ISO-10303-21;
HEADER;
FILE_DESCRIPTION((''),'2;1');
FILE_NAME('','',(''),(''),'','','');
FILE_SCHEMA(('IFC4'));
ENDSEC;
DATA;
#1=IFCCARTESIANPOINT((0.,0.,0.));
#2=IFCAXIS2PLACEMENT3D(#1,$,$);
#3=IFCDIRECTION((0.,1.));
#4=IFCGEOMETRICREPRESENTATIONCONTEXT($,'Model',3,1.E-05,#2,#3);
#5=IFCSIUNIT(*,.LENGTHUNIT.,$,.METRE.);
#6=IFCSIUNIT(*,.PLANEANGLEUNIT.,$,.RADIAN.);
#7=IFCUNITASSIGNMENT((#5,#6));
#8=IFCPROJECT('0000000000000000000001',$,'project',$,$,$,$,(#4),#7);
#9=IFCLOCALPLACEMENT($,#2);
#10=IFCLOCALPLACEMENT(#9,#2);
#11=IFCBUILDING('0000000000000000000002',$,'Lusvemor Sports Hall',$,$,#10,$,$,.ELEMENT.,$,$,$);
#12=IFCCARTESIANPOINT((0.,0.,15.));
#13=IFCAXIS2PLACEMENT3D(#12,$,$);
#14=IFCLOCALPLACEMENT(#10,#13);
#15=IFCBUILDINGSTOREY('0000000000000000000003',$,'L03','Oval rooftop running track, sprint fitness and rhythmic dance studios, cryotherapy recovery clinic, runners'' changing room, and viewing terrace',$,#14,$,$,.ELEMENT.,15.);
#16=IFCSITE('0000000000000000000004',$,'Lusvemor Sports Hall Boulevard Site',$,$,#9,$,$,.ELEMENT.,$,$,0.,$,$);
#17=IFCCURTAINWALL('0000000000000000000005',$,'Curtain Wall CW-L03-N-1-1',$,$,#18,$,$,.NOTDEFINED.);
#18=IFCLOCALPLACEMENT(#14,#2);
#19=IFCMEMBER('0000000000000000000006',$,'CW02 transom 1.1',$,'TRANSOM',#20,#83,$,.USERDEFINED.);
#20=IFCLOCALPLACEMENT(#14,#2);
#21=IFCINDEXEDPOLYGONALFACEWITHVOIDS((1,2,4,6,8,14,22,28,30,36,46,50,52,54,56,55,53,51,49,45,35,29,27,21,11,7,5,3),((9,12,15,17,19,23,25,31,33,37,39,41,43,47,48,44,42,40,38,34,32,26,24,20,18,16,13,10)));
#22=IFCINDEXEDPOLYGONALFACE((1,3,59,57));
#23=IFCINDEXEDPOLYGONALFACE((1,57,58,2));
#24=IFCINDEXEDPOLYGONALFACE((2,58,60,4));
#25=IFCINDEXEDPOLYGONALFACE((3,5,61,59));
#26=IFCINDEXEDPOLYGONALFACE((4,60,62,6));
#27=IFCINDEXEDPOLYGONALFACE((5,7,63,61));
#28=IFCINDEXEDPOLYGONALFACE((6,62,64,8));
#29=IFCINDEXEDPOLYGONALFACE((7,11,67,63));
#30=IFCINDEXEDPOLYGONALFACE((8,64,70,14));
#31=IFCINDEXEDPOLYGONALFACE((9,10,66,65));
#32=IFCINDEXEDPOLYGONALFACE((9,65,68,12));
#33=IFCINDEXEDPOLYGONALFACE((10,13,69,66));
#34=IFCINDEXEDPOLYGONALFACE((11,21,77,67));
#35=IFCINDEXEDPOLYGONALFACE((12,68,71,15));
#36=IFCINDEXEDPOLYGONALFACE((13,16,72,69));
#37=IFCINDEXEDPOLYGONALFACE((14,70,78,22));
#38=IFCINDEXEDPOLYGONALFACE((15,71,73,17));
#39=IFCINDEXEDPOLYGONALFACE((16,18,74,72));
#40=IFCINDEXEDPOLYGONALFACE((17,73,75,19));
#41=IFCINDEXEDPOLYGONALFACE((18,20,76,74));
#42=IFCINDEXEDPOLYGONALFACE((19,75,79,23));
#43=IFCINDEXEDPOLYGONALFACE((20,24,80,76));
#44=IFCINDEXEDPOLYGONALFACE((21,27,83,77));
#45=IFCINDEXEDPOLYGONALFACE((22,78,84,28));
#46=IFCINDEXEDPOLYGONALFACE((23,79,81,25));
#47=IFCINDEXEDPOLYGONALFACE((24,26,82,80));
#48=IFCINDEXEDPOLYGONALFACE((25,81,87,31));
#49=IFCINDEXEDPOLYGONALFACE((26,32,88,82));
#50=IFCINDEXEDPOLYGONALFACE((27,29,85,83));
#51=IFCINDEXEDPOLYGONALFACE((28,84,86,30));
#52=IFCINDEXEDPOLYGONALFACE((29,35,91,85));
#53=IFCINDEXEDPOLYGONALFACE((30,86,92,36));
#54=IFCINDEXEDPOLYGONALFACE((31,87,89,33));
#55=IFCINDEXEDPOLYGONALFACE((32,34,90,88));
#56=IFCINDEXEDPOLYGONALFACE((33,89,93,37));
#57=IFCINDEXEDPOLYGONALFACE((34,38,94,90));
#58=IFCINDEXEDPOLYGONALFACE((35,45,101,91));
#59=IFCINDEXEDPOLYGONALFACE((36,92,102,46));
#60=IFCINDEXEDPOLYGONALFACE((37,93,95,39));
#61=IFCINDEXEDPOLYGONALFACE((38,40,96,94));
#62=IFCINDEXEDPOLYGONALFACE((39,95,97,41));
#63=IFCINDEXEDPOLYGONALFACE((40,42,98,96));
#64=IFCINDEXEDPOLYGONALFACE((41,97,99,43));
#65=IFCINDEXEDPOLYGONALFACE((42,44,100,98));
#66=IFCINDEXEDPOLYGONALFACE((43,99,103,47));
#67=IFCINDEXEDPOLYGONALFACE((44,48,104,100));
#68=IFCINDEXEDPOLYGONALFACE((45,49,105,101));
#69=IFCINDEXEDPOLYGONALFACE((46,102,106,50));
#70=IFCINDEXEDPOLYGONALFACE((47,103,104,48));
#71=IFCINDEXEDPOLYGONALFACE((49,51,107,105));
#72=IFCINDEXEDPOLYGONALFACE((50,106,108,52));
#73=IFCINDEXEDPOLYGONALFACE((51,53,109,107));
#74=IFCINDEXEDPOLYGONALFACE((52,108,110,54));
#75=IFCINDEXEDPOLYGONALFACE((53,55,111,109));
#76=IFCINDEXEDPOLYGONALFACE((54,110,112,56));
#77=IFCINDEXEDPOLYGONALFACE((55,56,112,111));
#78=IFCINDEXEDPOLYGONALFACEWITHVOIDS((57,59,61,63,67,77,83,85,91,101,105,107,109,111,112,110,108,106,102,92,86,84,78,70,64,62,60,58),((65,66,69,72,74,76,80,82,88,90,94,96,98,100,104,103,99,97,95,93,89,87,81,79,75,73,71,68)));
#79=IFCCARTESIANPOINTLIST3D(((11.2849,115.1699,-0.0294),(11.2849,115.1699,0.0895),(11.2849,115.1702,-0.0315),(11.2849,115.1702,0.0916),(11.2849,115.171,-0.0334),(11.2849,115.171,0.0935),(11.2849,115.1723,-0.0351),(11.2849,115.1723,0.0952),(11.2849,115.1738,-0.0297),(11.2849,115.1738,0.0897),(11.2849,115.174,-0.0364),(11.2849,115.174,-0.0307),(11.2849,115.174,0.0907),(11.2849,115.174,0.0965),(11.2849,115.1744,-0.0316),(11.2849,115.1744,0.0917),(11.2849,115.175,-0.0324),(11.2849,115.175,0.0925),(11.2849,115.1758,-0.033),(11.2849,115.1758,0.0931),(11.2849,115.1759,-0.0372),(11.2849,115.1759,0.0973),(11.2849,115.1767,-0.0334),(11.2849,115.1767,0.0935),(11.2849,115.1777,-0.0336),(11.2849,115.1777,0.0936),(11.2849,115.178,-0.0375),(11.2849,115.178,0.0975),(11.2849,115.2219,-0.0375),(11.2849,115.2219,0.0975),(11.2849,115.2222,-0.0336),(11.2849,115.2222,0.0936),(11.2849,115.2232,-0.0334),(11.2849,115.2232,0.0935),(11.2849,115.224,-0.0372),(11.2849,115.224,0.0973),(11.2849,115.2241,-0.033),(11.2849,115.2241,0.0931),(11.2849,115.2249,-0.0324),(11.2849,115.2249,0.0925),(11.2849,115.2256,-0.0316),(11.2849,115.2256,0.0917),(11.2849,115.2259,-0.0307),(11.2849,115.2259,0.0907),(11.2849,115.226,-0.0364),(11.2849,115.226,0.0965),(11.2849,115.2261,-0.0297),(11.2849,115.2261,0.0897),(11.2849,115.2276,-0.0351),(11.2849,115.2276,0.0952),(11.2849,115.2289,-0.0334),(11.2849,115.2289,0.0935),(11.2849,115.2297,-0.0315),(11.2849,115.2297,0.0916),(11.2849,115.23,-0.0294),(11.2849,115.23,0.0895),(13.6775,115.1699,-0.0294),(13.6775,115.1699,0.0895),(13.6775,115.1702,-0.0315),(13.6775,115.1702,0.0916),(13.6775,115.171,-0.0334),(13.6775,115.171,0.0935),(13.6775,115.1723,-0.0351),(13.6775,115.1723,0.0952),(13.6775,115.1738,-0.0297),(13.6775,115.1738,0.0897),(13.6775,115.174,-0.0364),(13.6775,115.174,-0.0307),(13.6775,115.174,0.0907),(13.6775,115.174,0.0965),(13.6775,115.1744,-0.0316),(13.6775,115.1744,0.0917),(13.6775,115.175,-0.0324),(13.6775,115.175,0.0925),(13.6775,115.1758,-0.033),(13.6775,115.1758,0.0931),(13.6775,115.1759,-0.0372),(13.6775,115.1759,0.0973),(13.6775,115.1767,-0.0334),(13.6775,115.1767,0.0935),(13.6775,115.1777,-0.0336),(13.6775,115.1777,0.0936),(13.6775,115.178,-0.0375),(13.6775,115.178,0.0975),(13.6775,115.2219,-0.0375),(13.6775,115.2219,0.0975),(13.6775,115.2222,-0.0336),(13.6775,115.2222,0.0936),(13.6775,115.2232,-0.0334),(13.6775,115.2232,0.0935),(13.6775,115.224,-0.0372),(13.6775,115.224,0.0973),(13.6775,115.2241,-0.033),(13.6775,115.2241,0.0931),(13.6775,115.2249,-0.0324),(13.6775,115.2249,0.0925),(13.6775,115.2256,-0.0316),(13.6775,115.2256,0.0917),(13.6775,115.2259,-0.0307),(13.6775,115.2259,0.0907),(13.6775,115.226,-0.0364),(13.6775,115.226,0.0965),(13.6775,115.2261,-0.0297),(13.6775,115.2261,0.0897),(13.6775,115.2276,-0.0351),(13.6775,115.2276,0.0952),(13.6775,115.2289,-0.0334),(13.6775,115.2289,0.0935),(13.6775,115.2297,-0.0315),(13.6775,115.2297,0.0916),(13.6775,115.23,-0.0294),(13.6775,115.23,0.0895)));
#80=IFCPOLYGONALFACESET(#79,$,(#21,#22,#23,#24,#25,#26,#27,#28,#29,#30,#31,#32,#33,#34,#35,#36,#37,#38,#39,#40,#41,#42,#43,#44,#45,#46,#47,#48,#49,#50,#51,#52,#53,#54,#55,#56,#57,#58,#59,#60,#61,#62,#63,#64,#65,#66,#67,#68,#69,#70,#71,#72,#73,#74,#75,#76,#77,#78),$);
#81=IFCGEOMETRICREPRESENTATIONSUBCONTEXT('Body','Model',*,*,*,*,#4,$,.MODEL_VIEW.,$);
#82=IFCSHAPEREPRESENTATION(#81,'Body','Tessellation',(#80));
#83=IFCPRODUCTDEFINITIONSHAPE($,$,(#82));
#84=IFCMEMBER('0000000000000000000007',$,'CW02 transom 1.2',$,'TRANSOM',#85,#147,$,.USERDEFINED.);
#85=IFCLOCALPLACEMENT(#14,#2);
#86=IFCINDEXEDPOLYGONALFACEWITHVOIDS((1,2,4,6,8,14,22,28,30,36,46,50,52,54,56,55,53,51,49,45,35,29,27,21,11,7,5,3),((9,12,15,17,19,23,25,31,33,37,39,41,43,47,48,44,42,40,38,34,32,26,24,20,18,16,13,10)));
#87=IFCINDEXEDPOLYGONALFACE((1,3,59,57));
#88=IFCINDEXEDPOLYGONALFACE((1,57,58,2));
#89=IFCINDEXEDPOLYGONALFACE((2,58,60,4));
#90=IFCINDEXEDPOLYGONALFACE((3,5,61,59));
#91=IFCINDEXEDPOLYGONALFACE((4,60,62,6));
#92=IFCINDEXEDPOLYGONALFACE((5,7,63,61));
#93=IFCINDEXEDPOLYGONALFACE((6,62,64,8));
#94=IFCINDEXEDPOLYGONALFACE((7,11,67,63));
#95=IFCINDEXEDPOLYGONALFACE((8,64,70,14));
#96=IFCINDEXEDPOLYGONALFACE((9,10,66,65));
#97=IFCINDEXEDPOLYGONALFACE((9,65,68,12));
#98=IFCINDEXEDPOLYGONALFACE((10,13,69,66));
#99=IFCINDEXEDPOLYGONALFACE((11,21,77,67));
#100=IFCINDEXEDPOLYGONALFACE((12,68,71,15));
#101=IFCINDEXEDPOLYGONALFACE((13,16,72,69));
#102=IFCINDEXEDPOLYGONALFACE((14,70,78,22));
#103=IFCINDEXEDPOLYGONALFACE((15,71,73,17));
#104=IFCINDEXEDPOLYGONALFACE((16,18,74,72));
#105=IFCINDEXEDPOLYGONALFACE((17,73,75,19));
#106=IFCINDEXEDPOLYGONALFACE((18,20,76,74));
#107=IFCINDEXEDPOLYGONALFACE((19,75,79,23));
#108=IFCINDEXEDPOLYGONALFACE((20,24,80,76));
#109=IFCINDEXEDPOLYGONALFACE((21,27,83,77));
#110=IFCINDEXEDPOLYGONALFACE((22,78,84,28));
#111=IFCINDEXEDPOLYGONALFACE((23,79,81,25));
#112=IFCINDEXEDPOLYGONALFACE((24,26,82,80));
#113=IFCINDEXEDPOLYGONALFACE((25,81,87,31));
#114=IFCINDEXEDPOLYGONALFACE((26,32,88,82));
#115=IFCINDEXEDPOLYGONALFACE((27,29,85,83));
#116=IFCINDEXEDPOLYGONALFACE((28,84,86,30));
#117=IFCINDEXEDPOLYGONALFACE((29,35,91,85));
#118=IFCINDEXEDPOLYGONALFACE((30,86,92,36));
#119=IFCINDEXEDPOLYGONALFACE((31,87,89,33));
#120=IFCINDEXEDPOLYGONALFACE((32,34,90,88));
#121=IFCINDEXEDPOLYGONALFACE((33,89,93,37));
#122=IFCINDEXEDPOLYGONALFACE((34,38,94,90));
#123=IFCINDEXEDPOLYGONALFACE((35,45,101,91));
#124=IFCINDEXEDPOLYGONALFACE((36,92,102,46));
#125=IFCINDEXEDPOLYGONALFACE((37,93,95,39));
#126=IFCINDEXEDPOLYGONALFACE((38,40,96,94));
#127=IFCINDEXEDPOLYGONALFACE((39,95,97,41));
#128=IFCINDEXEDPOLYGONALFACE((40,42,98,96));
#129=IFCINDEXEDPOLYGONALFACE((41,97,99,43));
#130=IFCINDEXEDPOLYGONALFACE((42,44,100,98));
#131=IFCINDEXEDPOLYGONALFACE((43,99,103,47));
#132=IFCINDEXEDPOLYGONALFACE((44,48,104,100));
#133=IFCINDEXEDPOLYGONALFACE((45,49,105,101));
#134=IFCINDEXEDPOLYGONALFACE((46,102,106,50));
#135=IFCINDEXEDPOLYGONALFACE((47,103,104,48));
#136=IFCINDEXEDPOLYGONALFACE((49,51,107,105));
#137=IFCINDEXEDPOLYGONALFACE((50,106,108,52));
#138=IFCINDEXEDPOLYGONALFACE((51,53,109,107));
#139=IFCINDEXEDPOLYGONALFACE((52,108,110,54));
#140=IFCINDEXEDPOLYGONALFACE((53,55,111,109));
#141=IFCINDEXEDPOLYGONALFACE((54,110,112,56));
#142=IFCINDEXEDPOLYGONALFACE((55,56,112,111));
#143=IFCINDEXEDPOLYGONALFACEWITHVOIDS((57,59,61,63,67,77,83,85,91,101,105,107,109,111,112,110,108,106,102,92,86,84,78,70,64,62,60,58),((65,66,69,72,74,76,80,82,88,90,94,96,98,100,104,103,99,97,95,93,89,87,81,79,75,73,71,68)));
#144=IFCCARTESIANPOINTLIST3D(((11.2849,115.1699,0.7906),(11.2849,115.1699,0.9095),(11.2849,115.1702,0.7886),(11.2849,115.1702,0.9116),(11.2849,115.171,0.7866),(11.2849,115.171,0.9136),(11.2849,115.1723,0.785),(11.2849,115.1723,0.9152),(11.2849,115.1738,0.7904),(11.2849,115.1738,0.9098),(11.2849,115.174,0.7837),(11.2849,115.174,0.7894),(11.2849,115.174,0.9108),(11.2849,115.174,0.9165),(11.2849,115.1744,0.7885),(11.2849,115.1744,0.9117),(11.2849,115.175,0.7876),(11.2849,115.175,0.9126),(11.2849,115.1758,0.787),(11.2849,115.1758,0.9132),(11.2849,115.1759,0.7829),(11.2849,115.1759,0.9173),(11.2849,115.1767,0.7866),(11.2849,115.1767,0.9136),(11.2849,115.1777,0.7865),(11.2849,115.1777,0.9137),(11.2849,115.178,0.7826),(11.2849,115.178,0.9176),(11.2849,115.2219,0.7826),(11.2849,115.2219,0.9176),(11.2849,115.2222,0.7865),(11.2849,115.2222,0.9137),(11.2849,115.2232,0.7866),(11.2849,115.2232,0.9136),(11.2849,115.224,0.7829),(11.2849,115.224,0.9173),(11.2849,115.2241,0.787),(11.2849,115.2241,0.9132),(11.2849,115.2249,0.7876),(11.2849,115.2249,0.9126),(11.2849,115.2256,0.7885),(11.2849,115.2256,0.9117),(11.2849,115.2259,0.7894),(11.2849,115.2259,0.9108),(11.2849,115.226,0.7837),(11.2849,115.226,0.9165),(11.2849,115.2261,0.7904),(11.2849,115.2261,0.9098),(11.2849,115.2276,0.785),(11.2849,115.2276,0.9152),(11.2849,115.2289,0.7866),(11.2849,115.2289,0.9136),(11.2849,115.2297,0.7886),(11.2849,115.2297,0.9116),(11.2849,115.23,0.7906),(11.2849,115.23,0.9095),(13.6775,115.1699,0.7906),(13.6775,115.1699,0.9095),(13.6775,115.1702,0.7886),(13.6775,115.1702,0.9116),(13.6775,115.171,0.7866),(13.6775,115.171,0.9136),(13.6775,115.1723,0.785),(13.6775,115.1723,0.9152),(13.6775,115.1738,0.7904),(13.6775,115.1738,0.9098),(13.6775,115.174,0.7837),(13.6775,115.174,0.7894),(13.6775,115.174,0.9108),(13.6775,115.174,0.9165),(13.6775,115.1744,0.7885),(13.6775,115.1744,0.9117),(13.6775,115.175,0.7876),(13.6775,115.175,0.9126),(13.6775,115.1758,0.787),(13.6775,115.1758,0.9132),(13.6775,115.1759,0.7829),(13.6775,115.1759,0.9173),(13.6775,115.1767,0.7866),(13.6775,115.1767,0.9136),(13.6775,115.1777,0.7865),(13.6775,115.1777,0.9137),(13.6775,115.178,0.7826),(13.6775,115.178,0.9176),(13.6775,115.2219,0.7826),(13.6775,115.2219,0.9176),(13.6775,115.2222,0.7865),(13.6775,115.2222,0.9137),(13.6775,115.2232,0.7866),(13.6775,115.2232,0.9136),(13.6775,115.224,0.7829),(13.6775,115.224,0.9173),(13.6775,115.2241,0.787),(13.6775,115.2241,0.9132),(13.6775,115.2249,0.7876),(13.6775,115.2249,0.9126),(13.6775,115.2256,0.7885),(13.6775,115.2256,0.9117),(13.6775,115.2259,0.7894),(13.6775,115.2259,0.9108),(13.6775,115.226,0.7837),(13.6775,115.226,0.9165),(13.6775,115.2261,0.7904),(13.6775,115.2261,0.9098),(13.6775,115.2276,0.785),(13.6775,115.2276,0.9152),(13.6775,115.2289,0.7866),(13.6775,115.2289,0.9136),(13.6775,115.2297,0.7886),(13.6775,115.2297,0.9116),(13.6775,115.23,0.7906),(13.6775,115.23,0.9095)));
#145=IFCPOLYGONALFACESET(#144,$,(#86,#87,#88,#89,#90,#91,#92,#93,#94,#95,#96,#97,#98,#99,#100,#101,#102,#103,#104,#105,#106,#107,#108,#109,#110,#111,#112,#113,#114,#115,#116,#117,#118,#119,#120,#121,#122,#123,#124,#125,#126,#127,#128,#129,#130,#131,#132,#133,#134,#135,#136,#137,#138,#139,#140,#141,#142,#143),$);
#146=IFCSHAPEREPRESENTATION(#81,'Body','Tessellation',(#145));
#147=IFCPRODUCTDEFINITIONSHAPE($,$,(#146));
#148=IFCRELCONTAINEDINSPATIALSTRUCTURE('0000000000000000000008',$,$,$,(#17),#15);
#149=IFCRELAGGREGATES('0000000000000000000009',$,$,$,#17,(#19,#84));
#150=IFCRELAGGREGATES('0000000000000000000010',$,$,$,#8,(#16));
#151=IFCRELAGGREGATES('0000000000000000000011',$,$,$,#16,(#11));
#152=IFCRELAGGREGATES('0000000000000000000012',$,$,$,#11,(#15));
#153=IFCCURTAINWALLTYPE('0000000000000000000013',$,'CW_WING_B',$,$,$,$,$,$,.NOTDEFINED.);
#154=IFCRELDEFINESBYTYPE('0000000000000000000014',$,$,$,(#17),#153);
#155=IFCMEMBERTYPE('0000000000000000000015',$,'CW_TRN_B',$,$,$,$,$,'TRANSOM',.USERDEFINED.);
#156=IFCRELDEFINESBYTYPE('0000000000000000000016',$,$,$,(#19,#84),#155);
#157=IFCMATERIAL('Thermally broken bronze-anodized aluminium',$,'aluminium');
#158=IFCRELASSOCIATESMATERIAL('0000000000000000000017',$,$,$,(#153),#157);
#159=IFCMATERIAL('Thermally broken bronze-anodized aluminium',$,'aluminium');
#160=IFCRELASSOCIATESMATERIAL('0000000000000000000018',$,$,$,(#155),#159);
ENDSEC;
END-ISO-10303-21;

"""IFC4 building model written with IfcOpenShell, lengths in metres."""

from ifc_helpers import new_model, si_unit, direction, frame, origin, origin_2d, place, context, subcontext, project, spatial, hollow_rectangle, extrude, material, material_profile, profile_set, type_object, element, aggregate, save


model = new_model("IFC4")

# Units and contexts
model_context = context("Model", 3, precision=1e-05, world=origin(), true_north=direction((0.0, 1.0)))
body_context = subcontext(model_context, "Body", "Model", "MODEL_VIEW")
ifc_project = project(units=[si_unit("LENGTHUNIT", "METRE"), si_unit("PLANEANGLEUNIT", "RADIAN")], contexts=[model_context])

# Site, building, storey
site_placement = place(None, origin())
site = spatial("IfcSite", under=ifc_project, at=site_placement, Name="Lusvemor Sports Hall Boulevard Site", CompositionType="ELEMENT", RefElevation=0.0)
building_placement = place(site_placement, origin())
building = spatial("IfcBuilding", under=site, at=building_placement, Name="Lusvemor Sports Hall", CompositionType="ELEMENT")
storey_placement = place(building_placement, frame((0.0, 0.0, 15.0)))
storey = spatial("IfcBuildingStorey", under=building, at=storey_placement, Name="L03", Description="Oval rooftop running track, sprint fitness and rhythmic dance studios, cryotherapy recovery clinic, runners' changing room, and viewing terrace", CompositionType="ELEMENT", Elevation=15.0)

# Curtain wall, members
ifc_material_1 = material(Name="Thermally broken bronze-anodized aluminium", Category="aluminium")
curtain_wall_type = type_object("IfcCurtainWallType", Name="CW_WING_B", PredefinedType="NOTDEFINED", material=ifc_material_1)
curtain_wall_placement = place(storey_placement, origin())
curtain_wall = element("IfcCurtainWall", 1, at=curtain_wall_placement, inside=storey, type_object=curtain_wall_type, Name="Curtain Wall CW-L03-N-1-1", PredefinedType="NOTDEFINED")
ifc_material_2 = material(Name="Thermally broken bronze-anodized aluminium", Category="aluminium")
ifc_material_profile_1 = material_profile(ifc_material_2, hollow_rectangle(XDim=0.0601, YDim=0.135, WallThickness=0.0039, InnerFilletRadius=0.0039, OuterFilletRadius=0.0081, at=origin_2d()), Name="CWTRN135x60x4")
ifc_profile_set_1 = profile_set([ifc_material_profile_1], Name="Thermally broken bronze-anodized aluminium")
member_type_1 = type_object("IfcMemberType", Name="CW_TRN_B", ElementType="TRANSOM", PredefinedType="USERDEFINED", material=ifc_profile_set_1)
member_1_placement = place(storey_placement, frame((11.2849, 115.2, 0.03), z_axis=(1.0, 0.0, 0.0), x_axis=(0.0, 1.0, 0.0)))
member_1 = element("IfcMember", 2, at=member_1_placement, type_object=member_type_1, Name="CW02 transom 1.1", ObjectType="TRANSOM", PredefinedType="USERDEFINED", context=body_context, shape_type="SweptSolid", body=[
    extrude(hollow_rectangle(XDim=0.0601, YDim=0.135, WallThickness=0.0039, InnerFilletRadius=0.0039, OuterFilletRadius=0.0081, at=origin_2d()), origin(), (0.0, 0.0, 1.0), 2.3926),
])
member_2_placement = place(storey_placement, frame((11.2849, 115.2, 0.8501), z_axis=(1.0, 0.0, 0.0), x_axis=(0.0, 1.0, 0.0)))
member_2 = element("IfcMember", 3, at=member_2_placement, type_object=member_type_1, Name="CW02 transom 1.2", ObjectType="TRANSOM", PredefinedType="USERDEFINED", context=body_context, shape_type="SweptSolid", body=[
    extrude(hollow_rectangle(XDim=0.0601, YDim=0.135, WallThickness=0.0039, InnerFilletRadius=0.0039, OuterFilletRadius=0.0081, at=origin_2d()), origin(), (0.0, 0.0, 1.0), 2.3926),
])

aggregate(curtain_wall, [member_1, member_2])

save(model, "model.ifc")
